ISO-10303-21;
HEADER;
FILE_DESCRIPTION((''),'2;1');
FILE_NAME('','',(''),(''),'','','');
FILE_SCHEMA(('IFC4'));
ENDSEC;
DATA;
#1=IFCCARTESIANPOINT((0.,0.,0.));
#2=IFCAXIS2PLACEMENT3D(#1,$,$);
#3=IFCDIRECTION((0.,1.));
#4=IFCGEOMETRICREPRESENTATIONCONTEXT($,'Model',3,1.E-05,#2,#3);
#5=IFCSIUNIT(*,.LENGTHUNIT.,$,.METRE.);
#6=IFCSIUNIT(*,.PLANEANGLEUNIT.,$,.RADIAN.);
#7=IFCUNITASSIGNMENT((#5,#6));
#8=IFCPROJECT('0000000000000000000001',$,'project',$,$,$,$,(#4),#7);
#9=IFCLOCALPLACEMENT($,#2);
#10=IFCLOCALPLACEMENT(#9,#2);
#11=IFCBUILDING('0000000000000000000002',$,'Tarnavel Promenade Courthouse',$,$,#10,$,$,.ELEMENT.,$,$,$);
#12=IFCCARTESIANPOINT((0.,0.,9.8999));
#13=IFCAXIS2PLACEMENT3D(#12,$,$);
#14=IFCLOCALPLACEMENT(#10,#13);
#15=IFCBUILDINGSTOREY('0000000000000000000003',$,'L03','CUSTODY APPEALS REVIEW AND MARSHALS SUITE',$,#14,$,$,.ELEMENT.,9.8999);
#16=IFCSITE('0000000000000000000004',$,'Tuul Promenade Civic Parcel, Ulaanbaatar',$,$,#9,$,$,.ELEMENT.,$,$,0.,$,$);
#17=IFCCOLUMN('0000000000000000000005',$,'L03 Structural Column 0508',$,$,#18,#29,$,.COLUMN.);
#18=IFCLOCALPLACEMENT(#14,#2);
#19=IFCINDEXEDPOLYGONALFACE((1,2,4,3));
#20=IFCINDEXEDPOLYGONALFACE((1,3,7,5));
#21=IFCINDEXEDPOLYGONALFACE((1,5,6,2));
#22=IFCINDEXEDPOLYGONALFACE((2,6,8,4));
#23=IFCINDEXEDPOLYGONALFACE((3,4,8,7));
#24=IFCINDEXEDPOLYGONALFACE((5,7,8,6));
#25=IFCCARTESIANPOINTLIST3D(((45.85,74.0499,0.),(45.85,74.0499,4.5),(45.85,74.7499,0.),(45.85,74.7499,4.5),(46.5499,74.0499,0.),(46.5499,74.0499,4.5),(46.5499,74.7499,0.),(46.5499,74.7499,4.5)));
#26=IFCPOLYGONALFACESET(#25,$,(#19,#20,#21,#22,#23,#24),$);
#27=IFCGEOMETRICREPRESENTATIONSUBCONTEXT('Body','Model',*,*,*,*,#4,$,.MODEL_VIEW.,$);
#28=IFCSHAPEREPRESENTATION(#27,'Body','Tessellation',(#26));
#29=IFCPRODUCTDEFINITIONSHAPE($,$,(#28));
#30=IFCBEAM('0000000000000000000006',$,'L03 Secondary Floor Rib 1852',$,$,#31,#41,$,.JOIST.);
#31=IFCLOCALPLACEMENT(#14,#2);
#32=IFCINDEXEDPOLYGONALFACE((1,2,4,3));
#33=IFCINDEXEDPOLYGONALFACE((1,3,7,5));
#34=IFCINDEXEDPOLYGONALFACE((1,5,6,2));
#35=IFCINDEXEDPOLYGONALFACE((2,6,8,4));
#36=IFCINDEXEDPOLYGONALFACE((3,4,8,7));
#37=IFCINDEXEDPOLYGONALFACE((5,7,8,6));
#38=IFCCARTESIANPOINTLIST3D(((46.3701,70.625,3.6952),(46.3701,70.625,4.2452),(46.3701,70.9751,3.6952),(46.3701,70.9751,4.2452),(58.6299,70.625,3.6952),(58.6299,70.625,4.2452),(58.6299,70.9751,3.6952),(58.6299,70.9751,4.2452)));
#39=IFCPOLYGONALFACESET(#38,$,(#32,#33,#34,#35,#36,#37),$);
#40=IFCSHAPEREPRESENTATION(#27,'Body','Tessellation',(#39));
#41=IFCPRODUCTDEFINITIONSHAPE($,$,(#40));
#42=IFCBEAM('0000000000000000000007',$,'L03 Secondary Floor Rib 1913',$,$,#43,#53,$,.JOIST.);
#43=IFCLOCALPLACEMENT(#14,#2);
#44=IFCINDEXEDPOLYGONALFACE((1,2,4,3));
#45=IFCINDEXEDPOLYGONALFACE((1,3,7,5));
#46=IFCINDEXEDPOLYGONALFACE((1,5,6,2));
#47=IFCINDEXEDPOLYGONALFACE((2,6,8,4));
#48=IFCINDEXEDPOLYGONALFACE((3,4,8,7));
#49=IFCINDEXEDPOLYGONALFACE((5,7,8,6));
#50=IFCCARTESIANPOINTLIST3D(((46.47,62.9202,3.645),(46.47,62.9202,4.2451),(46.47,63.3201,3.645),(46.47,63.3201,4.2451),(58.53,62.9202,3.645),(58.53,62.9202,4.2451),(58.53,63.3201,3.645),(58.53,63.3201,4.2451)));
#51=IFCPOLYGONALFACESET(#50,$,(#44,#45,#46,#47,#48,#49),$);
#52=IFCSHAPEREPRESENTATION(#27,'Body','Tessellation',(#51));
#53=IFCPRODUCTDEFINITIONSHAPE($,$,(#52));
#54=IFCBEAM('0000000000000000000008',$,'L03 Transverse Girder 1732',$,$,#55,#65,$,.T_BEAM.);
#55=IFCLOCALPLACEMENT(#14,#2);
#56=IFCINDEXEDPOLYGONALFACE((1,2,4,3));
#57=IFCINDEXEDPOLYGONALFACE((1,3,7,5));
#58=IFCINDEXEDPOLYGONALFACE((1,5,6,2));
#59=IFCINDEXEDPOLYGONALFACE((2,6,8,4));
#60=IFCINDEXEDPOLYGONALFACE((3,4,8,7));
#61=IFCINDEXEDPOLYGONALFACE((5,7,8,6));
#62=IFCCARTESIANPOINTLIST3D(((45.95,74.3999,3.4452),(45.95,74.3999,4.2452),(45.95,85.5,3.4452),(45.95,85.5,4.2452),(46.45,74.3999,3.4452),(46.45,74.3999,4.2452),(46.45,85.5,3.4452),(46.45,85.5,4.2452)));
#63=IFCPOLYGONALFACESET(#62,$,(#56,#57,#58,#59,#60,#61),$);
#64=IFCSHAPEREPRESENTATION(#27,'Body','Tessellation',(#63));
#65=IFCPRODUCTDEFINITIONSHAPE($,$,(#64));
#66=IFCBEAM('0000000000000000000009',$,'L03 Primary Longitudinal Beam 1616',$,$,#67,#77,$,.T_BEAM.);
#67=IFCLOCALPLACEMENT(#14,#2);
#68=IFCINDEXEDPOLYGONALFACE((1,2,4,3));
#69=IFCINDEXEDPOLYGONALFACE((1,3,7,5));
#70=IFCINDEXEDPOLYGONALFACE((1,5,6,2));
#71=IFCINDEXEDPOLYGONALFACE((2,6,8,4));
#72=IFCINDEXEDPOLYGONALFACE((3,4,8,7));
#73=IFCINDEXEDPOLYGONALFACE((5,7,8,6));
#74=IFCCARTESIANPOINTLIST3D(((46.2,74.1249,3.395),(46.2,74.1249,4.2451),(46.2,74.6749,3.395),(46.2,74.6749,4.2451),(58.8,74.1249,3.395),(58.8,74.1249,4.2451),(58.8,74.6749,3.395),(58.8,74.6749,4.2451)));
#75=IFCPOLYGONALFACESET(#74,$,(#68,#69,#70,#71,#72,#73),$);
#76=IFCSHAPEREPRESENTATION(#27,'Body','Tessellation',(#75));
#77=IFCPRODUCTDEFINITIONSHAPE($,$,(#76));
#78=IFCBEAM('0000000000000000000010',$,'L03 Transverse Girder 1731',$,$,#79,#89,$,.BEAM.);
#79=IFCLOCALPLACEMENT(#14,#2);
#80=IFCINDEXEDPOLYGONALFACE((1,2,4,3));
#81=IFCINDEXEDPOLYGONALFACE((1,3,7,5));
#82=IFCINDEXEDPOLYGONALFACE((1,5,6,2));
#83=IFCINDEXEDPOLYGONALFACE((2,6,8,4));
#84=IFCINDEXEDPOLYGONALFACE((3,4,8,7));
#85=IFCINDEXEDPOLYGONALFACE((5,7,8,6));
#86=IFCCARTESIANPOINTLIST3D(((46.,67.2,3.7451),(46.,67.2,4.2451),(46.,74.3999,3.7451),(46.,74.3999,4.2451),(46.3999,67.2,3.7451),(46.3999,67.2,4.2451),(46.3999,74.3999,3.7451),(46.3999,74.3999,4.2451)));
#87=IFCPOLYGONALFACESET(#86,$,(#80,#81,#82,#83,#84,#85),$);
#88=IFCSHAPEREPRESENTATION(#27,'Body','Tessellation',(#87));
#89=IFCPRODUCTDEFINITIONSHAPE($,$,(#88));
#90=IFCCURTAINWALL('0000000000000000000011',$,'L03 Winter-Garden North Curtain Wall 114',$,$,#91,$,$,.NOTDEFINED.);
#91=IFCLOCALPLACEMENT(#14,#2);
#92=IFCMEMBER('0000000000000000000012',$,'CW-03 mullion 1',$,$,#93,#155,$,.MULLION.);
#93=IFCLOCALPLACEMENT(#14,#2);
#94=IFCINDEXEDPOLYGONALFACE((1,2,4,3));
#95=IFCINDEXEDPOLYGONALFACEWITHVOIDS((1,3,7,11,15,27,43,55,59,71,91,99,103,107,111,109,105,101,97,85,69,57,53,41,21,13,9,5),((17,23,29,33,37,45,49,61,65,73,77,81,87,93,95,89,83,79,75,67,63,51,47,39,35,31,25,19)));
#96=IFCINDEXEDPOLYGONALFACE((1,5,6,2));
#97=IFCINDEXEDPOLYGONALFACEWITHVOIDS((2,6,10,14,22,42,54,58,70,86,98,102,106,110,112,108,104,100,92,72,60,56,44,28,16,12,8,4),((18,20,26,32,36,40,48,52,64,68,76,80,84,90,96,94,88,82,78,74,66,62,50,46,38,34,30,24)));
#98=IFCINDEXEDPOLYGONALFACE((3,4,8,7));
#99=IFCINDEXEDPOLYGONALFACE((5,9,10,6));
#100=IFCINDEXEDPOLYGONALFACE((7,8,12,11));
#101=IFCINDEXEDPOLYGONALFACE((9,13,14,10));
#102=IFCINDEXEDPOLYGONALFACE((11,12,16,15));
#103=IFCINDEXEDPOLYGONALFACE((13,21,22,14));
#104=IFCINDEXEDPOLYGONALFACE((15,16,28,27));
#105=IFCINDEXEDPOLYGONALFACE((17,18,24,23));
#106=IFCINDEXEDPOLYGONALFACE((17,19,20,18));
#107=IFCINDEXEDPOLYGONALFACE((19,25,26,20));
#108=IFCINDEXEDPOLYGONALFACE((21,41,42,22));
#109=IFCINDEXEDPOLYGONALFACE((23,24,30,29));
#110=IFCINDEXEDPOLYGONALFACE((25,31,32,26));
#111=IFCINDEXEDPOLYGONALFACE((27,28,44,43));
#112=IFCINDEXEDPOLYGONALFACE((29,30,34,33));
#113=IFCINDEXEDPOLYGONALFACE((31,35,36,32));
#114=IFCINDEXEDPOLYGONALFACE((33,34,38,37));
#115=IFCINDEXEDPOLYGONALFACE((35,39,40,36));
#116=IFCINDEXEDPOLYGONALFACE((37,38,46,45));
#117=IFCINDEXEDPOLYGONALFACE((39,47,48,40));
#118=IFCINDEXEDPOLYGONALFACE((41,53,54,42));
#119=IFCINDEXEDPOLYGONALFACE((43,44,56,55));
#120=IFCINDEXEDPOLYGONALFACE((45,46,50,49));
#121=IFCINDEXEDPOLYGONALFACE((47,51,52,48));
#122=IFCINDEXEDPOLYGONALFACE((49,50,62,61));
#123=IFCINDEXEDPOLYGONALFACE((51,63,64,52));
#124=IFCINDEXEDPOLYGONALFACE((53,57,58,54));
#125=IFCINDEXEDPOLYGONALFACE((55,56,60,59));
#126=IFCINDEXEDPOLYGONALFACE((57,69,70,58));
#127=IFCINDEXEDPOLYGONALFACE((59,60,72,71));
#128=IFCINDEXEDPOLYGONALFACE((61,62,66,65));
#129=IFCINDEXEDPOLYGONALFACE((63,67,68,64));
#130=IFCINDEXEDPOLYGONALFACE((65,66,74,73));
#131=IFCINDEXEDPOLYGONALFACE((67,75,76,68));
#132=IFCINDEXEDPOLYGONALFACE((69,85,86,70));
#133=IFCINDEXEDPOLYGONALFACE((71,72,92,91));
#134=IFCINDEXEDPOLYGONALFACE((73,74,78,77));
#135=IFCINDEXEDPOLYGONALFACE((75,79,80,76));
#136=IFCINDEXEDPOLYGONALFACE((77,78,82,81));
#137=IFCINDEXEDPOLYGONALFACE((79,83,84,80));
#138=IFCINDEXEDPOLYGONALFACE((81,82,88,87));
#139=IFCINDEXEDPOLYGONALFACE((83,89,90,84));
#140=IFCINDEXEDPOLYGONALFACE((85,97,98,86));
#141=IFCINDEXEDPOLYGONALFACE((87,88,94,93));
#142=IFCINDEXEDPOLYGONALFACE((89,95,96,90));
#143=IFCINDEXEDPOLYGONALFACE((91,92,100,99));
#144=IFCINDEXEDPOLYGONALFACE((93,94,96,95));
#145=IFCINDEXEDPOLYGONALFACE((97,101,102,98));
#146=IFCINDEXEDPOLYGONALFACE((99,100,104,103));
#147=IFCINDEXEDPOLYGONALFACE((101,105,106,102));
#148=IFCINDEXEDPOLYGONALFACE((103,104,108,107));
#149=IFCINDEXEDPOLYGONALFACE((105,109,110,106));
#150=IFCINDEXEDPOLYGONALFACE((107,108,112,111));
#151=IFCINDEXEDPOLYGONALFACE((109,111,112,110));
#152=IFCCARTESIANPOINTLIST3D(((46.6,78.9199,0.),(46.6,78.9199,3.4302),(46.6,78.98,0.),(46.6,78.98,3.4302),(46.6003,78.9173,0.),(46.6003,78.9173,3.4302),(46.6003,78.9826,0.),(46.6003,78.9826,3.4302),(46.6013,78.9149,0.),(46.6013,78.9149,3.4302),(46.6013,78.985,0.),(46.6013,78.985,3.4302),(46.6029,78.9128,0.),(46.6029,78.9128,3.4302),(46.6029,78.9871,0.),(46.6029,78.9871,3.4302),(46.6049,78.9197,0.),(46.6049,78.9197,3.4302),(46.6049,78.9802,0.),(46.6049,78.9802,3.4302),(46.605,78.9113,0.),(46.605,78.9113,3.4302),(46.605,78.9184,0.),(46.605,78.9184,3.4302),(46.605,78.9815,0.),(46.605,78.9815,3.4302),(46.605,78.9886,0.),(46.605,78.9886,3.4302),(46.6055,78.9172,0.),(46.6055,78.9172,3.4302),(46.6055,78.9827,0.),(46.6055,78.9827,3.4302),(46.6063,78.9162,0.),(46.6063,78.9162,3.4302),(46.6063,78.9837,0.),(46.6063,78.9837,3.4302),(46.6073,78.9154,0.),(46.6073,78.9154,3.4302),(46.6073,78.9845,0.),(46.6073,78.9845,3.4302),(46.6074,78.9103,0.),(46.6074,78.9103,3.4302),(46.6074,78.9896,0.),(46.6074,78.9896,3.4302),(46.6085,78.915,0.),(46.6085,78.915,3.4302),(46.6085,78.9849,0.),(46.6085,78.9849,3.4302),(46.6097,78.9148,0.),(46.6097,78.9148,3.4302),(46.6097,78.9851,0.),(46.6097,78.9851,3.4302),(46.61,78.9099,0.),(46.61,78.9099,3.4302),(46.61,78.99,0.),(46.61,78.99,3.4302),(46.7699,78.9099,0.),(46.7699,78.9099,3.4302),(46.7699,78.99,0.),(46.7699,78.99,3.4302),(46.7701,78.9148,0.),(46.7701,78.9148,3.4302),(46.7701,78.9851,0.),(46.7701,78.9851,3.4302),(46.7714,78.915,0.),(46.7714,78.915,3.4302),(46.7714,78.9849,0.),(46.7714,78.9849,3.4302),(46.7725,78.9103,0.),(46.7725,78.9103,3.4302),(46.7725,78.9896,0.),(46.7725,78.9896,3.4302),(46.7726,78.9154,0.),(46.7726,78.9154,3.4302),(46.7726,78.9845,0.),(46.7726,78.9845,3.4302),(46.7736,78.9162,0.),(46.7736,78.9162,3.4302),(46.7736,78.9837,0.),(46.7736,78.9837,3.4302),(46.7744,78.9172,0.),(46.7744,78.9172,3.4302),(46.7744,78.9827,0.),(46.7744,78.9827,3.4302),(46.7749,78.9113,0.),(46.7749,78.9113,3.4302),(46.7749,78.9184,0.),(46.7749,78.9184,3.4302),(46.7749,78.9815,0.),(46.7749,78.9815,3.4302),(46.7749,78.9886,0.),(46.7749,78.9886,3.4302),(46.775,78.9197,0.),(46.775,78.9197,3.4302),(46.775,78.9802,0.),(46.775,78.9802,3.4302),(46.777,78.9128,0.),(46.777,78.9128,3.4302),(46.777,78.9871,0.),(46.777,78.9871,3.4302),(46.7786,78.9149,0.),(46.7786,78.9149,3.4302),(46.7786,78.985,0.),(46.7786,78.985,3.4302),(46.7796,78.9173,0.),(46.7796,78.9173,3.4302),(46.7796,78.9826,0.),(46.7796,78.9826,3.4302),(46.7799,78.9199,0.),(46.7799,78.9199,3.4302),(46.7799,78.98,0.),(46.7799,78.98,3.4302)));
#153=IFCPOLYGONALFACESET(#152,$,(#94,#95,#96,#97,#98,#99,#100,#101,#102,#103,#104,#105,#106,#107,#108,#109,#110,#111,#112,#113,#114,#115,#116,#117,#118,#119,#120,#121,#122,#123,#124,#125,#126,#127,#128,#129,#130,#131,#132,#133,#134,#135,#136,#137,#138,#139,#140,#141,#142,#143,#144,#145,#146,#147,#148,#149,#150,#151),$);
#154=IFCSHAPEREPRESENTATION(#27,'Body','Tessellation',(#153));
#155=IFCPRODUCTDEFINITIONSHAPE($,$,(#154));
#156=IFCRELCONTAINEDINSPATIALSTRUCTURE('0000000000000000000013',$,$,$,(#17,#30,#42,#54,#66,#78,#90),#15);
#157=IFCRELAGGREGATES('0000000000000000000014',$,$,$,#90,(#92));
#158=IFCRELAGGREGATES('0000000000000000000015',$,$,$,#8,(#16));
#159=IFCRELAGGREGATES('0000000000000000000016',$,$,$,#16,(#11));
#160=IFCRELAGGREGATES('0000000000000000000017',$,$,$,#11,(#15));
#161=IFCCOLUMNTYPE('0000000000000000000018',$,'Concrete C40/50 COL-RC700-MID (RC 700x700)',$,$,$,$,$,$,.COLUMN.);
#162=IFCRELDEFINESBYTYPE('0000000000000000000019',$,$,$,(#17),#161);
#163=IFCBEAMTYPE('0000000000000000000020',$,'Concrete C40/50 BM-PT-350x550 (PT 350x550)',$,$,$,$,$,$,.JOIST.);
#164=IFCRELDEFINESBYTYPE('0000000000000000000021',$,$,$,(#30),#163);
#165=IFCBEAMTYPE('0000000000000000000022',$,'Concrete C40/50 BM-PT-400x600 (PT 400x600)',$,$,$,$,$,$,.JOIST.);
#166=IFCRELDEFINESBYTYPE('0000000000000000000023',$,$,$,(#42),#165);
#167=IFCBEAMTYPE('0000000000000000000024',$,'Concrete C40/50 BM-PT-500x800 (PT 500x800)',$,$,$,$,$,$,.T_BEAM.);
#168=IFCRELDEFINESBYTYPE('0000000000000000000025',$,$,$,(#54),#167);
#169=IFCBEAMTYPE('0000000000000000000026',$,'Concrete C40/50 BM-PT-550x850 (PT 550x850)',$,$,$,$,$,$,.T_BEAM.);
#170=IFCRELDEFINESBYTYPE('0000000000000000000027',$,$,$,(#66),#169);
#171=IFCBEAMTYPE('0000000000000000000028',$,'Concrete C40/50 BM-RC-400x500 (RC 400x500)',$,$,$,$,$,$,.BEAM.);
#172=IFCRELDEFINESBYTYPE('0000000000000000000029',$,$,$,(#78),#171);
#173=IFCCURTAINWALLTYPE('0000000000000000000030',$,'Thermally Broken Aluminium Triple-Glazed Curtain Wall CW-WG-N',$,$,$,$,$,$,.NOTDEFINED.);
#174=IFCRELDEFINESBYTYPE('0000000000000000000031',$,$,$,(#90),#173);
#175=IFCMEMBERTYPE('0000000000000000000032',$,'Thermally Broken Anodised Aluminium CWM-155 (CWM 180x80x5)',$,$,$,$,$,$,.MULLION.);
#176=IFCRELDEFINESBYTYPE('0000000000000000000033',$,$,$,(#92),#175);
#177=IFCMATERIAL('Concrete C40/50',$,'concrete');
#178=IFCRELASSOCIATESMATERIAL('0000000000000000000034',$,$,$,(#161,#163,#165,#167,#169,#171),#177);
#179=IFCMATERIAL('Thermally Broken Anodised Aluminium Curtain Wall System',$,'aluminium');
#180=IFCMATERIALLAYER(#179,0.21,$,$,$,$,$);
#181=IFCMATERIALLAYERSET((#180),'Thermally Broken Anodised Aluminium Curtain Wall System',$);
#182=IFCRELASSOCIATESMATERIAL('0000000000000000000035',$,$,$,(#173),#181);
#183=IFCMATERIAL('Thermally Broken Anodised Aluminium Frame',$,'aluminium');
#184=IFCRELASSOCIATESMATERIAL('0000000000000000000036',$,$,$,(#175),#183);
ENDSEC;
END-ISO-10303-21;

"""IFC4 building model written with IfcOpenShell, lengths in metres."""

from ifc_helpers import new_model, si_unit, direction, frame, origin, origin_2d, place, context, subcontext, project, spatial, rectangle, hollow_rectangle, extrude, material, layer, layer_set, material_profile, profile_set, type_object, element, aggregate, save


model = new_model("IFC4")

# Units and contexts
model_context = context("Model", 3, precision=1e-05, world=origin(), true_north=direction((0.0, 1.0)))
body_context = subcontext(model_context, "Body", "Model", "MODEL_VIEW")
ifc_project = project(units=[si_unit("LENGTHUNIT", "METRE"), si_unit("PLANEANGLEUNIT", "RADIAN")], contexts=[model_context])

# Site, building, storey
site_placement = place(None, origin())
site = spatial("IfcSite", under=ifc_project, at=site_placement, Name="Tuul Promenade Civic Parcel, Ulaanbaatar", CompositionType="ELEMENT", RefElevation=0.0)
building_placement = place(site_placement, origin())
building = spatial("IfcBuilding", under=site, at=building_placement, Name="Tarnavel Promenade Courthouse", CompositionType="ELEMENT")
storey_placement = place(building_placement, frame((0.0, 0.0, 9.8999)))
storey = spatial("IfcBuildingStorey", under=building, at=storey_placement, Name="L03", Description="CUSTODY APPEALS REVIEW AND MARSHALS SUITE", CompositionType="ELEMENT", Elevation=9.8999)

# Column
ifc_material_1 = material(Name="Concrete C40/50", Category="concrete")
ifc_material_profile_1 = material_profile(ifc_material_1, rectangle(XDim=0.7, YDim=0.7, at=origin_2d()), Name="RC 700x700")
ifc_profile_set_1 = profile_set([ifc_material_profile_1], Name="Concrete C40/50")
column_type = type_object("IfcColumnType", Name="Concrete C40/50 COL-RC700-MID (RC 700x700)", PredefinedType="COLUMN", material=ifc_profile_set_1)
column_placement = place(storey_placement, frame((46.2, 74.3999, 0.0), z_axis=(0.0, 0.0, 1.0), x_axis=(1.0, 0.0, 0.0)))
element("IfcColumn", 1, at=column_placement, inside=storey, type_object=column_type, Name="L03 Structural Column 0508", PredefinedType="COLUMN", context=body_context, shape_type="SweptSolid", body=[
    extrude(rectangle(XDim=0.7, YDim=0.7, at=origin_2d()), origin(), (0.0, 0.0, 1.0), 4.5),
])

# Beams
ifc_material_profile_2 = material_profile(ifc_material_1, rectangle(XDim=0.3501, YDim=0.55, at=origin_2d()), Name="PT 350x550")
ifc_profile_set_2 = profile_set([ifc_material_profile_2], Name="Concrete C40/50")
beam_type_1 = type_object("IfcBeamType", Name="Concrete C40/50 BM-PT-350x550 (PT 350x550)", PredefinedType="JOIST", material=ifc_profile_set_2)
beam_1_placement = place(storey_placement, frame((46.3701, 70.8, 3.9702), z_axis=(1.0, 0.0, 0.0), x_axis=(0.0, 1.0, 0.0)))
element("IfcBeam", 2, at=beam_1_placement, inside=storey, type_object=beam_type_1, Name="L03 Secondary Floor Rib 1852", PredefinedType="JOIST", context=body_context, shape_type="SweptSolid", body=[
    extrude(rectangle(XDim=0.3501, YDim=0.55, at=origin_2d()), origin(), (0.0, 0.0, 1.0), 12.2598),
])
ifc_material_profile_3 = material_profile(ifc_material_1, rectangle(XDim=0.3999, YDim=0.6001, at=origin_2d()), Name="PT 400x600")
ifc_profile_set_3 = profile_set([ifc_material_profile_3], Name="Concrete C40/50")
beam_type_2 = type_object("IfcBeamType", Name="Concrete C40/50 BM-PT-400x600 (PT 400x600)", PredefinedType="JOIST", material=ifc_profile_set_3)
beam_2_placement = place(storey_placement, frame((46.47, 63.1201, 3.9451), z_axis=(1.0, 0.0, 0.0), x_axis=(0.0, 1.0, 0.0)))
element("IfcBeam", 3, at=beam_2_placement, inside=storey, type_object=beam_type_2, Name="L03 Secondary Floor Rib 1913", PredefinedType="JOIST", context=body_context, shape_type="SweptSolid", body=[
    extrude(rectangle(XDim=0.3999, YDim=0.6001, at=origin_2d()), origin(), (0.0, 0.0, 1.0), 12.0601),
])
ifc_material_profile_4 = material_profile(ifc_material_1, rectangle(XDim=0.5, YDim=0.8, at=origin_2d()), Name="PT 500x800")
ifc_profile_set_4 = profile_set([ifc_material_profile_4], Name="Concrete C40/50")
beam_type_3 = type_object("IfcBeamType", Name="Concrete C40/50 BM-PT-500x800 (PT 500x800)", PredefinedType="T_BEAM", material=ifc_profile_set_4)
beam_3_placement = place(storey_placement, frame((46.2, 74.3999, 3.8452), z_axis=(0.0, 1.0, 0.0), x_axis=(-1.0, 0.0, 0.0)))
element("IfcBeam", 4, at=beam_3_placement, inside=storey, type_object=beam_type_3, Name="L03 Transverse Girder 1732", PredefinedType="T_BEAM", context=body_context, shape_type="SweptSolid", body=[
    extrude(rectangle(XDim=0.5, YDim=0.8, at=origin_2d()), origin(), (0.0, 0.0, 1.0), 11.1001),
])
ifc_material_profile_5 = material_profile(ifc_material_1, rectangle(XDim=0.55, YDim=0.8501, at=origin_2d()), Name="PT 550x850")
ifc_profile_set_5 = profile_set([ifc_material_profile_5], Name="Concrete C40/50")
beam_type_4 = type_object("IfcBeamType", Name="Concrete C40/50 BM-PT-550x850 (PT 550x850)", PredefinedType="T_BEAM", material=ifc_profile_set_5)
beam_4_placement = place(storey_placement, frame((46.2, 74.3999, 3.8201), z_axis=(1.0, 0.0, 0.0), x_axis=(0.0, 1.0, 0.0)))
element("IfcBeam", 5, at=beam_4_placement, inside=storey, type_object=beam_type_4, Name="L03 Primary Longitudinal Beam 1616", PredefinedType="T_BEAM", context=body_context, shape_type="SweptSolid", body=[
    extrude(rectangle(XDim=0.55, YDim=0.8501, at=origin_2d()), origin(), (0.0, 0.0, 1.0), 12.6001),
])
ifc_material_profile_6 = material_profile(ifc_material_1, rectangle(XDim=0.3999, YDim=0.5, at=origin_2d()), Name="RC 400x500")
ifc_profile_set_6 = profile_set([ifc_material_profile_6], Name="Concrete C40/50")
beam_type_5 = type_object("IfcBeamType", Name="Concrete C40/50 BM-RC-400x500 (RC 400x500)", PredefinedType="BEAM", material=ifc_profile_set_6)
beam_5_placement = place(storey_placement, frame((46.2, 67.2, 3.9951), z_axis=(0.0, 1.0, 0.0), x_axis=(-1.0, 0.0, 0.0)))
element("IfcBeam", 6, at=beam_5_placement, inside=storey, type_object=beam_type_5, Name="L03 Transverse Girder 1731", PredefinedType="BEAM", context=body_context, shape_type="SweptSolid", body=[
    extrude(rectangle(XDim=0.3999, YDim=0.5, at=origin_2d()), origin(), (0.0, 0.0, 1.0), 7.2),
])

# Curtain wall, member
ifc_material_2 = material(Name="Thermally Broken Anodised Aluminium Curtain Wall System", Category="aluminium")
ifc_layer_1 = layer(ifc_material_2, 0.21)
ifc_layer_set_1 = layer_set([ifc_layer_1], Name="Thermally Broken Anodised Aluminium Curtain Wall System")
curtain_wall_type = type_object("IfcCurtainWallType", Name="Thermally Broken Aluminium Triple-Glazed Curtain Wall CW-WG-N", PredefinedType="NOTDEFINED", material=ifc_layer_set_1)
curtain_wall_placement = place(storey_placement, origin())
curtain_wall = element("IfcCurtainWall", 7, at=curtain_wall_placement, inside=storey, type_object=curtain_wall_type, Name="L03 Winter-Garden North Curtain Wall 114", PredefinedType="NOTDEFINED")
ifc_material_3 = material(Name="Thermally Broken Anodised Aluminium Frame", Category="aluminium")
ifc_material_profile_7 = material_profile(ifc_material_3, hollow_rectangle(XDim=0.0801, YDim=0.1799, WallThickness=0.0049, InnerFilletRadius=0.0049, OuterFilletRadius=0.01, at=origin_2d()), Name="CWM 180x80x5")
ifc_profile_set_7 = profile_set([ifc_material_profile_7], Name="Thermally Broken Anodised Aluminium Frame")
member_type_1 = type_object("IfcMemberType", Name="Thermally Broken Anodised Aluminium CWM-155 (CWM 180x80x5)", PredefinedType="MULLION", material=ifc_profile_set_7)
member_1_placement = place(storey_placement, frame((46.6899, 78.95, 0.0), z_axis=(0.0, 0.0, 1.0), x_axis=(0.0, 1.0, 0.0)))
member_1 = element("IfcMember", 8, at=member_1_placement, type_object=member_type_1, Name="CW-03 mullion 1", PredefinedType="MULLION", context=body_context, shape_type="SweptSolid", body=[
    extrude(hollow_rectangle(XDim=0.0801, YDim=0.1799, WallThickness=0.0049, InnerFilletRadius=0.0049, OuterFilletRadius=0.01, at=origin_2d()), origin(), (0.0, 0.0, 1.0), 3.4302),
])
aggregate(curtain_wall, [member_1])

save(model, "model.ifc")
